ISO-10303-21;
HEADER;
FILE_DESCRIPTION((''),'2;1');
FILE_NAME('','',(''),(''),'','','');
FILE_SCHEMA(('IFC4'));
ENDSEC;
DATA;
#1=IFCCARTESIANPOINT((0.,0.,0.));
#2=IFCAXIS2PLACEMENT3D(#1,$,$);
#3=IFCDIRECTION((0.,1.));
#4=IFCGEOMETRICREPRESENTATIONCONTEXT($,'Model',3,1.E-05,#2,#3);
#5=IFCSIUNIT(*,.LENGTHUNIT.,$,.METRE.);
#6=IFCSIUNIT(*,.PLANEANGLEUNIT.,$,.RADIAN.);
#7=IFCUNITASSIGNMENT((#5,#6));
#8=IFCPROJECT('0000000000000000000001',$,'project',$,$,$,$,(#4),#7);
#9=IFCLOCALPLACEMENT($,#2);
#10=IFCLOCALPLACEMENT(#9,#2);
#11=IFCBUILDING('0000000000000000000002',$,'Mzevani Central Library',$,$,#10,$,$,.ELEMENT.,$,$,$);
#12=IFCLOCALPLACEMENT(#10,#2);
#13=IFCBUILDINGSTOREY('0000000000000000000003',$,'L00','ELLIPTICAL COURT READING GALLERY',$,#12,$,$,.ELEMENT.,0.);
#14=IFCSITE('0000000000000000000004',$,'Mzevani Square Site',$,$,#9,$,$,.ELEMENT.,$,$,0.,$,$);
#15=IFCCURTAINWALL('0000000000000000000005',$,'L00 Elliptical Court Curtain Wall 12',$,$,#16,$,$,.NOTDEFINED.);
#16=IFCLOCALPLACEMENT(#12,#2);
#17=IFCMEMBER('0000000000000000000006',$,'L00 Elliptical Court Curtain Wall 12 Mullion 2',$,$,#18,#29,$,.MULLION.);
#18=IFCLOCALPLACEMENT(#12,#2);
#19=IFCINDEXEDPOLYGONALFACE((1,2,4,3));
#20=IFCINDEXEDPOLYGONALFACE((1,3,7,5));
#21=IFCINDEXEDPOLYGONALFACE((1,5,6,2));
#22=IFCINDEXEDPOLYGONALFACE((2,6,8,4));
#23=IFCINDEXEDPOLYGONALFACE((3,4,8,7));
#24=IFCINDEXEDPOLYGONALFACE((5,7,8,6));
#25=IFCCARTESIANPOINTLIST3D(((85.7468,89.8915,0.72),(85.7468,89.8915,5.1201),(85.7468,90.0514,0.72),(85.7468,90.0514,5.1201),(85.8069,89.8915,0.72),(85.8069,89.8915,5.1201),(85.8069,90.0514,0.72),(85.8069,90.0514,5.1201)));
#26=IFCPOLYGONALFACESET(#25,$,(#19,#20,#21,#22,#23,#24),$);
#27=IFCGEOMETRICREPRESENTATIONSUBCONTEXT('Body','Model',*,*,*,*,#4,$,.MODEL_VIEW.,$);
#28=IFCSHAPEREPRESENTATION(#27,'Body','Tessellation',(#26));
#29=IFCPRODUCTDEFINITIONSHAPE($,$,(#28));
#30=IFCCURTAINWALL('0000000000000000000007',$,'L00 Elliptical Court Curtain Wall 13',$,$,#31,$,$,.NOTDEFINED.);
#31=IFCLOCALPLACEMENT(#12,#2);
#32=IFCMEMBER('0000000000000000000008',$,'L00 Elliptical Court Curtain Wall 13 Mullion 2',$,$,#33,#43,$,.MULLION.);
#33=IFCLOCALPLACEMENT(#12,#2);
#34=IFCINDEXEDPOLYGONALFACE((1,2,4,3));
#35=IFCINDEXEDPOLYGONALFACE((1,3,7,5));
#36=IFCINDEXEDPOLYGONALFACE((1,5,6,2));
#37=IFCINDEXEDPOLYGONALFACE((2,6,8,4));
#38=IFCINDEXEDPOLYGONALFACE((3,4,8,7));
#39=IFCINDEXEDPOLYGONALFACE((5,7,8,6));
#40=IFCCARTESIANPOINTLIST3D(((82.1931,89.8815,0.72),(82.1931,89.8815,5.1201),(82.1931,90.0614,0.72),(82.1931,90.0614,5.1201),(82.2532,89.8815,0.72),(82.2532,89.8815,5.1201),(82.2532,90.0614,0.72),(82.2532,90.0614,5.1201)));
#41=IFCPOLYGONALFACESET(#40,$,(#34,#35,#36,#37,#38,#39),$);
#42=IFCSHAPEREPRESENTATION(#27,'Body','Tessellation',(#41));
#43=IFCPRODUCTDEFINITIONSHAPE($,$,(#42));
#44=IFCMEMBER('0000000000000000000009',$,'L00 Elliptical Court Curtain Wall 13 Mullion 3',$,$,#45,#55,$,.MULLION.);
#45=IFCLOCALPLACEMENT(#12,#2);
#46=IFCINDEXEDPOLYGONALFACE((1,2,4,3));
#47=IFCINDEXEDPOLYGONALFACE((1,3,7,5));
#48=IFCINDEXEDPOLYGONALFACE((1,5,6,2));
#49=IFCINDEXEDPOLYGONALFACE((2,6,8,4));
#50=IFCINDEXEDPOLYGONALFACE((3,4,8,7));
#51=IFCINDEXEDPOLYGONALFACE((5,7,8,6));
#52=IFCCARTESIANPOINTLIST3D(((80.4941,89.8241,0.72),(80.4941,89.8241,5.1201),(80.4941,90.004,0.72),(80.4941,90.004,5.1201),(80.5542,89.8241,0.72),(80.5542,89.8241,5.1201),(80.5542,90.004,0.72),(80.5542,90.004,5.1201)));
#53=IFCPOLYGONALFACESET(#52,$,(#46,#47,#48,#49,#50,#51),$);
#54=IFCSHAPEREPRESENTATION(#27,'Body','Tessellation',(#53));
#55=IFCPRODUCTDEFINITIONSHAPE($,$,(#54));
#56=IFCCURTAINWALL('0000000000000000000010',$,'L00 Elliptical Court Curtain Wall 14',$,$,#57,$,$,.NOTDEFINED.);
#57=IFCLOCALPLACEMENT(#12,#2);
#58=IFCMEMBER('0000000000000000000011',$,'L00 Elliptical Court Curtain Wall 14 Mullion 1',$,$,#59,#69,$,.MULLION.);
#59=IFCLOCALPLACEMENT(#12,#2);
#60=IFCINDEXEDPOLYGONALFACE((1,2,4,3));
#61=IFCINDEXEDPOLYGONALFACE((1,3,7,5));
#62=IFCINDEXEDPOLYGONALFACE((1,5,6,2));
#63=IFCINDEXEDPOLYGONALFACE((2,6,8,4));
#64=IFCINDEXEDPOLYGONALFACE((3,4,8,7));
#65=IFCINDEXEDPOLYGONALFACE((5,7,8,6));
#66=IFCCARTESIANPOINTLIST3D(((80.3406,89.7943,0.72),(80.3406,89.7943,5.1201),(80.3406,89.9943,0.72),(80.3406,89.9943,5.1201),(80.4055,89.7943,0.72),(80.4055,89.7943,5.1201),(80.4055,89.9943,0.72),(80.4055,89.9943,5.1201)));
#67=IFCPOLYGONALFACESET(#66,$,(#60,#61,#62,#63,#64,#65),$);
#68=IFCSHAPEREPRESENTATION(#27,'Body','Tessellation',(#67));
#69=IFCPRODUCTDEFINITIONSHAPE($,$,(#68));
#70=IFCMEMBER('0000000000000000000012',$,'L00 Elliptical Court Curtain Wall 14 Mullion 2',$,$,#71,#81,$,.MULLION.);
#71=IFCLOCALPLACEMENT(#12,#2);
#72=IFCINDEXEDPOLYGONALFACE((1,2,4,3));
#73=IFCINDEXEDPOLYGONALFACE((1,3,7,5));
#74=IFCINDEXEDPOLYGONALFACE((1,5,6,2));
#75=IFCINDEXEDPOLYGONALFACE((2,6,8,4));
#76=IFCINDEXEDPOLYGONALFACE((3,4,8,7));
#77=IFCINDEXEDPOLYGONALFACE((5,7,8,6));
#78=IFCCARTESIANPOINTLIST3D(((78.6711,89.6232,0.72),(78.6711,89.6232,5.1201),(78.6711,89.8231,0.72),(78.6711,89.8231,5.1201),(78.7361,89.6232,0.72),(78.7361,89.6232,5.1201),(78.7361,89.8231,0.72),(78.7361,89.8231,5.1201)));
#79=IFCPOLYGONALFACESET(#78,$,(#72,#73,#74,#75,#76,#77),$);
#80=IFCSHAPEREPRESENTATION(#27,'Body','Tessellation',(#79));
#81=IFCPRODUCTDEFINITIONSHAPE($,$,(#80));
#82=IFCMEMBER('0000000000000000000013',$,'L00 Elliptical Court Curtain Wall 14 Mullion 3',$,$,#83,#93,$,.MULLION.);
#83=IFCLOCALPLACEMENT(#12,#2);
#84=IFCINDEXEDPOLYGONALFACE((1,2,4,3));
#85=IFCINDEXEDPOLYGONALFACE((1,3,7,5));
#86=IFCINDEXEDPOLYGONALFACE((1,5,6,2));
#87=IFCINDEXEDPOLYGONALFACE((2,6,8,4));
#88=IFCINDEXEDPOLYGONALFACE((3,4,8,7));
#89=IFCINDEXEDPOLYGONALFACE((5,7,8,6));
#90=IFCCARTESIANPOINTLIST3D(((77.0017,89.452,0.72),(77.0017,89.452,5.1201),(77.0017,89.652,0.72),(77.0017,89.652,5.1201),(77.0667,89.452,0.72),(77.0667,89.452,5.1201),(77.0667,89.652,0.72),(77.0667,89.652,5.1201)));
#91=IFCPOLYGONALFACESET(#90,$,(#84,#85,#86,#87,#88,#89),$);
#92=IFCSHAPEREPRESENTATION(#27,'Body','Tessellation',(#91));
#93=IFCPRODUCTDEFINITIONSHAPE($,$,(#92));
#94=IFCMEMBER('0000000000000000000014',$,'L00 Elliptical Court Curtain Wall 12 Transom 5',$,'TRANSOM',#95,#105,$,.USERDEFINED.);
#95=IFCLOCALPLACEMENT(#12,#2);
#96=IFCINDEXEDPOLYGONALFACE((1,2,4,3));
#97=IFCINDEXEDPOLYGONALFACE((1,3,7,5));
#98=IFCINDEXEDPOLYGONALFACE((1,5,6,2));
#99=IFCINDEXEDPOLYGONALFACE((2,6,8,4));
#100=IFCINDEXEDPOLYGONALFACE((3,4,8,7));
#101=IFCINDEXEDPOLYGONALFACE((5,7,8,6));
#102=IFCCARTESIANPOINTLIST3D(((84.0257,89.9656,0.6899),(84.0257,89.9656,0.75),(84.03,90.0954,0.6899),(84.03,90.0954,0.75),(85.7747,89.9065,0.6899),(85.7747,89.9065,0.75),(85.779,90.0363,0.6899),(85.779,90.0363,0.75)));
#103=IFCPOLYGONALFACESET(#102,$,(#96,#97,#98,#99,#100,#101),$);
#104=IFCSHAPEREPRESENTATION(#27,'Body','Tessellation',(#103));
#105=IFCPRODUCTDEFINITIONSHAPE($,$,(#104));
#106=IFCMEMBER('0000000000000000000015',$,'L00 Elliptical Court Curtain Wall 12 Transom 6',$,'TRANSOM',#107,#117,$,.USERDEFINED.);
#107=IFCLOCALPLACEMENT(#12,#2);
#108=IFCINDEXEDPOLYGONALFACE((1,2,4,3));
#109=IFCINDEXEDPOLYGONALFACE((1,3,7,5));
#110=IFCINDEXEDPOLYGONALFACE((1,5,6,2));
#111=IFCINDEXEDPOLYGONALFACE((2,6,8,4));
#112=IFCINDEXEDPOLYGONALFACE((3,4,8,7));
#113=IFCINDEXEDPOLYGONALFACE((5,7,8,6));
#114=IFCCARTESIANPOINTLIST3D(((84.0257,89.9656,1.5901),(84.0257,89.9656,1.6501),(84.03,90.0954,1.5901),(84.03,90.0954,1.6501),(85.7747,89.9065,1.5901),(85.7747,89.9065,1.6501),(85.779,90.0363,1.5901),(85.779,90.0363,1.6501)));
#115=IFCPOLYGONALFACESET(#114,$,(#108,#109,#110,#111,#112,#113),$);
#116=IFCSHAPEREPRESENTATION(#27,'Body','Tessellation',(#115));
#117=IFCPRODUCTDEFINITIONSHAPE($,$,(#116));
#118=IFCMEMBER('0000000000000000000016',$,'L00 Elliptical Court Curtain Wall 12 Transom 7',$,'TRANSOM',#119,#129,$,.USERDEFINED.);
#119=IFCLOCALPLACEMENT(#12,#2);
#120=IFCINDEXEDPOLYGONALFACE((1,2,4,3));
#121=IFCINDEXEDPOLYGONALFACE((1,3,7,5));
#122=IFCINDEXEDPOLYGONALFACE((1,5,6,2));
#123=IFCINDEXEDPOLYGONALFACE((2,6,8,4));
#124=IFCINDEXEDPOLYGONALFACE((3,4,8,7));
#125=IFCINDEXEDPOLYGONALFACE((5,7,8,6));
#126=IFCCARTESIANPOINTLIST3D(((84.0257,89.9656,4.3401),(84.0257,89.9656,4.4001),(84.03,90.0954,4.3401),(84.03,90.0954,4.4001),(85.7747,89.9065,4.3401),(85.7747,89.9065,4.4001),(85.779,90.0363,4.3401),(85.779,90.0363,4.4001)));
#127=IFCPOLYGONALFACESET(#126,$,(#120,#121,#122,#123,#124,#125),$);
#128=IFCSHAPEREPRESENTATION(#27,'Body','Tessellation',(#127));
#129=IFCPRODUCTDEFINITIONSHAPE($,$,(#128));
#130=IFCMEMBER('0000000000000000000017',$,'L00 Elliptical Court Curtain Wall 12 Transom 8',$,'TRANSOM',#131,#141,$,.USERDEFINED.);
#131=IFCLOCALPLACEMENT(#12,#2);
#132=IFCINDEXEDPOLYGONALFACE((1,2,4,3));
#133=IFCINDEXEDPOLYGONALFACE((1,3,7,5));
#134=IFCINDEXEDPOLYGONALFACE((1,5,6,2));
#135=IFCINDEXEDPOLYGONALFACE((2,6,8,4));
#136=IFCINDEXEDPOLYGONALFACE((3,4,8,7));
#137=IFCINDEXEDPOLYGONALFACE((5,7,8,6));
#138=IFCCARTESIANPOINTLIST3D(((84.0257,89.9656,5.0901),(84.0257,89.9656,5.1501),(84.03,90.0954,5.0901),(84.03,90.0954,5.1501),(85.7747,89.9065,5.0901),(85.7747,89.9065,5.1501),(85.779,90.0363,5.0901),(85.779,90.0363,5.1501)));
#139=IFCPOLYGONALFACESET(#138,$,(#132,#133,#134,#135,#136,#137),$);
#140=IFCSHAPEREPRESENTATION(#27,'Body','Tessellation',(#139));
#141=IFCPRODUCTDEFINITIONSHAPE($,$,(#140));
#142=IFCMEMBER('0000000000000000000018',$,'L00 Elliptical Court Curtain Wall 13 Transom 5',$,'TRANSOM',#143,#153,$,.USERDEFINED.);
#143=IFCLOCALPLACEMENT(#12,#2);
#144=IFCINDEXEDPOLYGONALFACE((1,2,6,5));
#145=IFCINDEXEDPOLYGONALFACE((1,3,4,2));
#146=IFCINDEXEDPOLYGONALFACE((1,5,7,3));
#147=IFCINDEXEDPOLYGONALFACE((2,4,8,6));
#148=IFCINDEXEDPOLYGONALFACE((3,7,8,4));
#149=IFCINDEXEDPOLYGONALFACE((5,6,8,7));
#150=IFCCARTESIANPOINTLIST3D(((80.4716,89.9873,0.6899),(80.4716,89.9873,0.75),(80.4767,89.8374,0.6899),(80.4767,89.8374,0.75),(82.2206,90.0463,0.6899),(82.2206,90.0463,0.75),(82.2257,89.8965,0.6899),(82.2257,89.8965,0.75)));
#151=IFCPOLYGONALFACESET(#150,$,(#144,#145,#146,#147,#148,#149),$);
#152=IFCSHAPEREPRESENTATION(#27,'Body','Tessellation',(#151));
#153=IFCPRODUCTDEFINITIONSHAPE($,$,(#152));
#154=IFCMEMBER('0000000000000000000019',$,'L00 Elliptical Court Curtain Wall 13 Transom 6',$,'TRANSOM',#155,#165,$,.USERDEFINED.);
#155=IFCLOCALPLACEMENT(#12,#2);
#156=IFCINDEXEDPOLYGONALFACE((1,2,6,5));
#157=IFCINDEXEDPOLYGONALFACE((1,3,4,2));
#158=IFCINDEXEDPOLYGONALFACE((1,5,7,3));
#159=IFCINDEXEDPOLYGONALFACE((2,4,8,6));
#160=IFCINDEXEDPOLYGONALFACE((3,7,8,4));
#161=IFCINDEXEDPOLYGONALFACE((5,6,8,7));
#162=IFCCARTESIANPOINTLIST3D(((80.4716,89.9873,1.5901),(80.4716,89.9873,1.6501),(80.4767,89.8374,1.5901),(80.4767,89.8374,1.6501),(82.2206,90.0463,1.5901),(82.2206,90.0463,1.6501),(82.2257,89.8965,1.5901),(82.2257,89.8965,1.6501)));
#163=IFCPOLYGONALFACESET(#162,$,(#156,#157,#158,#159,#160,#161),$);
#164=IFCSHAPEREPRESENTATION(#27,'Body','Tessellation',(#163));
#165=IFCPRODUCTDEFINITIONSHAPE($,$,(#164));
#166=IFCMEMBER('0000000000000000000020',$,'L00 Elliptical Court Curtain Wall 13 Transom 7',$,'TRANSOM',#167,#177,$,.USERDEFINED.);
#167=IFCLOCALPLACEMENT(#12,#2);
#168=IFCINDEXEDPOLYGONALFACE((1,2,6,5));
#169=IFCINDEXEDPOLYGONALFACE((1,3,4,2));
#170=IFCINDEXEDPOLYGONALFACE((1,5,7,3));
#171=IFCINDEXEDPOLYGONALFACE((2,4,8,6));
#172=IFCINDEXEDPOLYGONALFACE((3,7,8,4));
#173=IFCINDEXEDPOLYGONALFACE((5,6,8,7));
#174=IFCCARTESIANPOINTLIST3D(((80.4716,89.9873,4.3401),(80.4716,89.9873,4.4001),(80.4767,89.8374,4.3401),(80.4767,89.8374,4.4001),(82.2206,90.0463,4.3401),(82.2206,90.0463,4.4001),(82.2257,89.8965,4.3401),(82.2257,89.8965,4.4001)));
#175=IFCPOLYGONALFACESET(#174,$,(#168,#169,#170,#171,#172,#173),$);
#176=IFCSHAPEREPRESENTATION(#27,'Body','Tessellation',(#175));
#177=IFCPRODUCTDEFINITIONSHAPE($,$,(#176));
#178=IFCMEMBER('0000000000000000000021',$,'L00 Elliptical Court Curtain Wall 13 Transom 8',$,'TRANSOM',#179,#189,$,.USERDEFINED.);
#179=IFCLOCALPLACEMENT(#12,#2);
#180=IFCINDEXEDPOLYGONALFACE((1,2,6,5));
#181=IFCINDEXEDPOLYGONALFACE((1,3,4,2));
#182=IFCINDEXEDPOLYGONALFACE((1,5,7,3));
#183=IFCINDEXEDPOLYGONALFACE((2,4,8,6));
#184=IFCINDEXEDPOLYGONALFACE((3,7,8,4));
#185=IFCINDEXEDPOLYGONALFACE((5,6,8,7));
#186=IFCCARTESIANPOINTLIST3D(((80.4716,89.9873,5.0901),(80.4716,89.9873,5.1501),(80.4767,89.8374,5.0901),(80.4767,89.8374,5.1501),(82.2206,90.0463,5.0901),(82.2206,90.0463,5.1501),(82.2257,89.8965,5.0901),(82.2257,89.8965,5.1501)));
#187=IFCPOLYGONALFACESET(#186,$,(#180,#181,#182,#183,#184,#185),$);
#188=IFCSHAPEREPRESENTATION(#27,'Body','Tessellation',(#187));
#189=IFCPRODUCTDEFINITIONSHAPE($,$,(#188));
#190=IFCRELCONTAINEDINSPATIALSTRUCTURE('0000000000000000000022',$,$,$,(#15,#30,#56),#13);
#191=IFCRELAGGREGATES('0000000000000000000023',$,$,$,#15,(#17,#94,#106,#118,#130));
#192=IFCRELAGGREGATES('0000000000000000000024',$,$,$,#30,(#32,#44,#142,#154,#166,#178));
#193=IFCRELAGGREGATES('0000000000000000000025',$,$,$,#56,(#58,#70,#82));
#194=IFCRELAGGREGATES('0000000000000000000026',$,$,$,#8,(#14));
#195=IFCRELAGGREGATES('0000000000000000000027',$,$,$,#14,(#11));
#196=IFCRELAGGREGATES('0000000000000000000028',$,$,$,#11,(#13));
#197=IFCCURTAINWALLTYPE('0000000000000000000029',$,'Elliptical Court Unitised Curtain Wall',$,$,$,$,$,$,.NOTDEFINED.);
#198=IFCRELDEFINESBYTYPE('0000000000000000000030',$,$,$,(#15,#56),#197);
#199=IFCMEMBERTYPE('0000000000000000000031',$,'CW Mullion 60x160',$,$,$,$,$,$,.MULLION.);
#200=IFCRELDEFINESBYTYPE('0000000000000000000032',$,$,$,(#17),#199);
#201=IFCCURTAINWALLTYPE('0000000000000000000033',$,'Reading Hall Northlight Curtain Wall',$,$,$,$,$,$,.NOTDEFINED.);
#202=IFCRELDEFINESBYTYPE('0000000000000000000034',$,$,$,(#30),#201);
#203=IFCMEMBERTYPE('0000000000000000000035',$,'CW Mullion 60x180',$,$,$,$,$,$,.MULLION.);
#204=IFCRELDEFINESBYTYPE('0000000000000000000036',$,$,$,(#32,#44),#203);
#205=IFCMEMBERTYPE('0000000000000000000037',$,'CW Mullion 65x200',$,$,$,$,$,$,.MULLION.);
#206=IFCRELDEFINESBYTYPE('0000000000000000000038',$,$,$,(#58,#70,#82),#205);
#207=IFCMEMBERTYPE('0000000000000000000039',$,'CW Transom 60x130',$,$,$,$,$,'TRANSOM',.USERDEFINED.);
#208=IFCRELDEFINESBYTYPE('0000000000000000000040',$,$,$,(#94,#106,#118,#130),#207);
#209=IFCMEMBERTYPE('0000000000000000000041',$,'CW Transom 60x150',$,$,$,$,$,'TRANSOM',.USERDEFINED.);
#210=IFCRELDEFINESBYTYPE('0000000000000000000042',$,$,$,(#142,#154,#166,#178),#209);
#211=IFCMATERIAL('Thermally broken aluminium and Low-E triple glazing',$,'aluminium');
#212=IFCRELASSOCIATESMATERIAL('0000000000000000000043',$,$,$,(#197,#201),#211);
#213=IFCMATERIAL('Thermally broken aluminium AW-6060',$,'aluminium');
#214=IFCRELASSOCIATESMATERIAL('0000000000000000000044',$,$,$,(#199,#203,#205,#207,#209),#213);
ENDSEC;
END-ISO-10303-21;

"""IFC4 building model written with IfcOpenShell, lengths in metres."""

from ifc_helpers import new_model, si_unit, direction, frame, origin, origin_2d, place, context, subcontext, project, spatial, rectangle, extrude, material, material_profile, profile_set, type_object, element, aggregate, save


model = new_model("IFC4")

# Units and contexts
model_context = context("Model", 3, precision=1e-05, world=origin(), true_north=direction((0.0, 1.0)))
body_context = subcontext(model_context, "Body", "Model", "MODEL_VIEW")
ifc_project = project(units=[si_unit("LENGTHUNIT", "METRE"), si_unit("PLANEANGLEUNIT", "RADIAN")], contexts=[model_context])

# Site, building, storey
site_placement = place(None, origin())
site = spatial("IfcSite", under=ifc_project, at=site_placement, Name="Mzevani Square Site", CompositionType="ELEMENT", RefElevation=0.0)
building_placement = place(site_placement, origin())
building = spatial("IfcBuilding", under=site, at=building_placement, Name="Mzevani Central Library", CompositionType="ELEMENT")
storey_placement = place(building_placement, origin())
storey = spatial("IfcBuildingStorey", under=building, at=storey_placement, Name="L00", Description="ELLIPTICAL COURT READING GALLERY", CompositionType="ELEMENT", Elevation=0.0)

# Curtain wall, member
ifc_material_1 = material(Name="Thermally broken aluminium and Low-E triple glazing", Category="aluminium")
curtain_wall_type_1 = type_object("IfcCurtainWallType", Name="Elliptical Court Unitised Curtain Wall", PredefinedType="NOTDEFINED", material=ifc_material_1)
curtain_wall_1_placement = place(storey_placement, origin())
curtain_wall_1 = element("IfcCurtainWall", 1, at=curtain_wall_1_placement, inside=storey, type_object=curtain_wall_type_1, Name="L00 Elliptical Court Curtain Wall 12", PredefinedType="NOTDEFINED")
ifc_material_2 = material(Name="Thermally broken aluminium AW-6060", Category="aluminium")
ifc_material_profile_1 = material_profile(ifc_material_2, rectangle(XDim=0.0601, YDim=0.1599, at=origin_2d()), Name="ALU M60x160")
ifc_profile_set_1 = profile_set([ifc_material_profile_1], Name="Thermally broken aluminium AW-6060")
member_type_1 = type_object("IfcMemberType", Name="CW Mullion 60x160", PredefinedType="MULLION", material=ifc_profile_set_1)
member_1_placement = place(storey_placement, frame((85.7769, 89.9714, 0.72), z_axis=(0.0, 0.0, 1.0), x_axis=(1.0, 0.0, 0.0)))
member_1 = element("IfcMember", 2, at=member_1_placement, type_object=member_type_1, Name="L00 Elliptical Court Curtain Wall 12 Mullion 2", PredefinedType="MULLION", context=body_context, shape_type="SweptSolid", body=[
    extrude(rectangle(XDim=0.0601, YDim=0.1599, at=origin_2d()), origin(), (0.0, 0.0, 1.0), 4.4001),
])

# Curtain walls, members
curtain_wall_type_2 = type_object("IfcCurtainWallType", Name="Reading Hall Northlight Curtain Wall", PredefinedType="NOTDEFINED", material=ifc_material_1)
curtain_wall_2_placement = place(storey_placement, origin())
curtain_wall_2 = element("IfcCurtainWall", 3, at=curtain_wall_2_placement, inside=storey, type_object=curtain_wall_type_2, Name="L00 Elliptical Court Curtain Wall 13", PredefinedType="NOTDEFINED")
ifc_material_profile_2 = material_profile(ifc_material_2, rectangle(XDim=0.0601, YDim=0.1799, at=origin_2d()), Name="ALU M60x180")
ifc_profile_set_2 = profile_set([ifc_material_profile_2], Name="Thermally broken aluminium AW-6060")
member_type_2 = type_object("IfcMemberType", Name="CW Mullion 60x180", PredefinedType="MULLION", material=ifc_profile_set_2)
member_2_placement = place(storey_placement, frame((82.2231, 89.9714, 0.72), z_axis=(0.0, 0.0, 1.0), x_axis=(1.0, 0.0, 0.0)))
member_2 = element("IfcMember", 4, at=member_2_placement, type_object=member_type_2, Name="L00 Elliptical Court Curtain Wall 13 Mullion 2", PredefinedType="MULLION", context=body_context, shape_type="SweptSolid", body=[
    extrude(rectangle(XDim=0.0601, YDim=0.1799, at=origin_2d()), origin(), (0.0, 0.0, 1.0), 4.4001),
])
member_3_placement = place(storey_placement, frame((80.5242, 89.9141, 0.72), z_axis=(0.0, 0.0, 1.0), x_axis=(1.0, 0.0, 0.0)))
member_3 = element("IfcMember", 5, at=member_3_placement, type_object=member_type_2, Name="L00 Elliptical Court Curtain Wall 13 Mullion 3", PredefinedType="MULLION", context=body_context, shape_type="SweptSolid", body=[
    extrude(rectangle(XDim=0.0601, YDim=0.1799, at=origin_2d()), origin(), (0.0, 0.0, 1.0), 4.4001),
])
curtain_wall_3_placement = place(storey_placement, origin())
curtain_wall_3 = element("IfcCurtainWall", 6, at=curtain_wall_3_placement, inside=storey, type_object=curtain_wall_type_1, Name="L00 Elliptical Court Curtain Wall 14", PredefinedType="NOTDEFINED")
ifc_material_profile_3 = material_profile(ifc_material_2, rectangle(XDim=0.0649, YDim=0.2, at=origin_2d()), Name="ALU M65x200")
ifc_profile_set_3 = profile_set([ifc_material_profile_3], Name="Thermally broken aluminium AW-6060")
member_type_3 = type_object("IfcMemberType", Name="CW Mullion 65x200", PredefinedType="MULLION", material=ifc_profile_set_3)
member_4_placement = place(storey_placement, frame((80.373, 89.8943, 0.72), z_axis=(0.0, 0.0, 1.0), x_axis=(1.0, 0.0, 0.0)))
member_4 = element("IfcMember", 7, at=member_4_placement, type_object=member_type_3, Name="L00 Elliptical Court Curtain Wall 14 Mullion 1", PredefinedType="MULLION", context=body_context, shape_type="SweptSolid", body=[
    extrude(rectangle(XDim=0.0649, YDim=0.2, at=origin_2d()), origin(), (0.0, 0.0, 1.0), 4.4001),
])
member_5_placement = place(storey_placement, frame((78.7036, 89.7231, 0.72), z_axis=(0.0, 0.0, 1.0), x_axis=(1.0, 0.0, 0.0)))
member_5 = element("IfcMember", 8, at=member_5_placement, type_object=member_type_3, Name="L00 Elliptical Court Curtain Wall 14 Mullion 2", PredefinedType="MULLION", context=body_context, shape_type="SweptSolid", body=[
    extrude(rectangle(XDim=0.0649, YDim=0.2, at=origin_2d()), origin(), (0.0, 0.0, 1.0), 4.4001),
])
member_6_placement = place(storey_placement, frame((77.0342, 89.552, 0.72), z_axis=(0.0, 0.0, 1.0), x_axis=(1.0, 0.0, 0.0)))
member_6 = element("IfcMember", 9, at=member_6_placement, type_object=member_type_3, Name="L00 Elliptical Court Curtain Wall 14 Mullion 3", PredefinedType="MULLION", context=body_context, shape_type="SweptSolid", body=[
    extrude(rectangle(XDim=0.0649, YDim=0.2, at=origin_2d()), origin(), (0.0, 0.0, 1.0), 4.4001),
])

# Members
ifc_material_profile_4 = material_profile(ifc_material_2, rectangle(XDim=0.1299, YDim=0.0601, at=origin_2d()), Name="ALU T60x130")
ifc_profile_set_4 = profile_set([ifc_material_profile_4], Name="Thermally broken aluminium AW-6060")
member_type_4 = type_object("IfcMemberType", Name="CW Transom 60x130", ElementType="TRANSOM", PredefinedType="USERDEFINED", material=ifc_profile_set_4)
member_7_placement = place(storey_placement, frame((85.7769, 89.9714, 0.72), z_axis=(-0.99943, 0.033761, 0.0), x_axis=(-0.033761, -0.99943, 0.0)))
member_7 = element("IfcMember", 10, at=member_7_placement, type_object=member_type_4, Name="L00 Elliptical Court Curtain Wall 12 Transom 5", ObjectType="TRANSOM", PredefinedType="USERDEFINED", context=body_context, shape_type="SweptSolid", body=[
    extrude(rectangle(XDim=0.1299, YDim=0.0601, at=origin_2d()), origin(), (0.0, 0.0, 1.0), 1.75),
])
member_8_placement = place(storey_placement, frame((85.7769, 89.9714, 1.6201), z_axis=(-0.99943, 0.033761, 0.0), x_axis=(-0.033761, -0.99943, 0.0)))
member_8 = element("IfcMember", 11, at=member_8_placement, type_object=member_type_4, Name="L00 Elliptical Court Curtain Wall 12 Transom 6", ObjectType="TRANSOM", PredefinedType="USERDEFINED", context=body_context, shape_type="SweptSolid", body=[
    extrude(rectangle(XDim=0.1299, YDim=0.0601, at=origin_2d()), origin(), (0.0, 0.0, 1.0), 1.75),
])
member_9_placement = place(storey_placement, frame((85.7769, 89.9714, 4.3701), z_axis=(-0.99943, 0.033761, 0.0), x_axis=(-0.033761, -0.99943, 0.0)))
member_9 = element("IfcMember", 12, at=member_9_placement, type_object=member_type_4, Name="L00 Elliptical Court Curtain Wall 12 Transom 7", ObjectType="TRANSOM", PredefinedType="USERDEFINED", context=body_context, shape_type="SweptSolid", body=[
    extrude(rectangle(XDim=0.1299, YDim=0.0601, at=origin_2d()), origin(), (0.0, 0.0, 1.0), 1.75),
])
member_10_placement = place(storey_placement, frame((85.7769, 89.9714, 5.1201), z_axis=(-0.99943, 0.033761, 0.0), x_axis=(-0.033761, -0.99943, 0.0)))
member_10 = element("IfcMember", 13, at=member_10_placement, type_object=member_type_4, Name="L00 Elliptical Court Curtain Wall 12 Transom 8", ObjectType="TRANSOM", PredefinedType="USERDEFINED", context=body_context, shape_type="SweptSolid", body=[
    extrude(rectangle(XDim=0.1299, YDim=0.0601, at=origin_2d()), origin(), (0.0, 0.0, 1.0), 1.75),
])
aggregate(curtain_wall_1, [member_1, member_7, member_8, member_9, member_10])
ifc_material_profile_5 = material_profile(ifc_material_2, rectangle(XDim=0.1499, YDim=0.0601, at=origin_2d()), Name="ALU T60x150")
ifc_profile_set_5 = profile_set([ifc_material_profile_5], Name="Thermally broken aluminium AW-6060")
member_type_5 = type_object("IfcMemberType", Name="CW Transom 60x150", ElementType="TRANSOM", PredefinedType="USERDEFINED", material=ifc_profile_set_5)
member_11_placement = place(storey_placement, frame((82.2231, 89.9714, 0.72), z_axis=(-0.99943, -0.033761, 0.0), x_axis=(0.033761, -0.99943, 0.0)))
member_11 = element("IfcMember", 14, at=member_11_placement, type_object=member_type_5, Name="L00 Elliptical Court Curtain Wall 13 Transom 5", ObjectType="TRANSOM", PredefinedType="USERDEFINED", context=body_context, shape_type="SweptSolid", body=[
    extrude(rectangle(XDim=0.1499, YDim=0.0601, at=origin_2d()), origin(), (0.0, 0.0, 1.0), 1.75),
])
member_12_placement = place(storey_placement, frame((82.2231, 89.9714, 1.6201), z_axis=(-0.99943, -0.033761, 0.0), x_axis=(0.033761, -0.99943, 0.0)))
member_12 = element("IfcMember", 15, at=member_12_placement, type_object=member_type_5, Name="L00 Elliptical Court Curtain Wall 13 Transom 6", ObjectType="TRANSOM", PredefinedType="USERDEFINED", context=body_context, shape_type="SweptSolid", body=[
    extrude(rectangle(XDim=0.1499, YDim=0.0601, at=origin_2d()), origin(), (0.0, 0.0, 1.0), 1.75),
])
member_13_placement = place(storey_placement, frame((82.2231, 89.9714, 4.3701), z_axis=(-0.99943, -0.033761, 0.0), x_axis=(0.033761, -0.99943, 0.0)))
member_13 = element("IfcMember", 16, at=member_13_placement, type_object=member_type_5, Name="L00 Elliptical Court Curtain Wall 13 Transom 7", ObjectType="TRANSOM", PredefinedType="USERDEFINED", context=body_context, shape_type="SweptSolid", body=[
    extrude(rectangle(XDim=0.1499, YDim=0.0601, at=origin_2d()), origin(), (0.0, 0.0, 1.0), 1.75),
])
member_14_placement = place(storey_placement, frame((82.2231, 89.9714, 5.1201), z_axis=(-0.99943, -0.033761, 0.0), x_axis=(0.033761, -0.99943, 0.0)))
member_14 = element("IfcMember", 17, at=member_14_placement, type_object=member_type_5, Name="L00 Elliptical Court Curtain Wall 13 Transom 8", ObjectType="TRANSOM", PredefinedType="USERDEFINED", context=body_context, shape_type="SweptSolid", body=[
    extrude(rectangle(XDim=0.1499, YDim=0.0601, at=origin_2d()), origin(), (0.0, 0.0, 1.0), 1.75),
])

aggregate(curtain_wall_2, [member_2, member_3, member_11, member_12, member_13, member_14])
aggregate(curtain_wall_3, [member_4, member_5, member_6])

save(model, "model.ifc")
